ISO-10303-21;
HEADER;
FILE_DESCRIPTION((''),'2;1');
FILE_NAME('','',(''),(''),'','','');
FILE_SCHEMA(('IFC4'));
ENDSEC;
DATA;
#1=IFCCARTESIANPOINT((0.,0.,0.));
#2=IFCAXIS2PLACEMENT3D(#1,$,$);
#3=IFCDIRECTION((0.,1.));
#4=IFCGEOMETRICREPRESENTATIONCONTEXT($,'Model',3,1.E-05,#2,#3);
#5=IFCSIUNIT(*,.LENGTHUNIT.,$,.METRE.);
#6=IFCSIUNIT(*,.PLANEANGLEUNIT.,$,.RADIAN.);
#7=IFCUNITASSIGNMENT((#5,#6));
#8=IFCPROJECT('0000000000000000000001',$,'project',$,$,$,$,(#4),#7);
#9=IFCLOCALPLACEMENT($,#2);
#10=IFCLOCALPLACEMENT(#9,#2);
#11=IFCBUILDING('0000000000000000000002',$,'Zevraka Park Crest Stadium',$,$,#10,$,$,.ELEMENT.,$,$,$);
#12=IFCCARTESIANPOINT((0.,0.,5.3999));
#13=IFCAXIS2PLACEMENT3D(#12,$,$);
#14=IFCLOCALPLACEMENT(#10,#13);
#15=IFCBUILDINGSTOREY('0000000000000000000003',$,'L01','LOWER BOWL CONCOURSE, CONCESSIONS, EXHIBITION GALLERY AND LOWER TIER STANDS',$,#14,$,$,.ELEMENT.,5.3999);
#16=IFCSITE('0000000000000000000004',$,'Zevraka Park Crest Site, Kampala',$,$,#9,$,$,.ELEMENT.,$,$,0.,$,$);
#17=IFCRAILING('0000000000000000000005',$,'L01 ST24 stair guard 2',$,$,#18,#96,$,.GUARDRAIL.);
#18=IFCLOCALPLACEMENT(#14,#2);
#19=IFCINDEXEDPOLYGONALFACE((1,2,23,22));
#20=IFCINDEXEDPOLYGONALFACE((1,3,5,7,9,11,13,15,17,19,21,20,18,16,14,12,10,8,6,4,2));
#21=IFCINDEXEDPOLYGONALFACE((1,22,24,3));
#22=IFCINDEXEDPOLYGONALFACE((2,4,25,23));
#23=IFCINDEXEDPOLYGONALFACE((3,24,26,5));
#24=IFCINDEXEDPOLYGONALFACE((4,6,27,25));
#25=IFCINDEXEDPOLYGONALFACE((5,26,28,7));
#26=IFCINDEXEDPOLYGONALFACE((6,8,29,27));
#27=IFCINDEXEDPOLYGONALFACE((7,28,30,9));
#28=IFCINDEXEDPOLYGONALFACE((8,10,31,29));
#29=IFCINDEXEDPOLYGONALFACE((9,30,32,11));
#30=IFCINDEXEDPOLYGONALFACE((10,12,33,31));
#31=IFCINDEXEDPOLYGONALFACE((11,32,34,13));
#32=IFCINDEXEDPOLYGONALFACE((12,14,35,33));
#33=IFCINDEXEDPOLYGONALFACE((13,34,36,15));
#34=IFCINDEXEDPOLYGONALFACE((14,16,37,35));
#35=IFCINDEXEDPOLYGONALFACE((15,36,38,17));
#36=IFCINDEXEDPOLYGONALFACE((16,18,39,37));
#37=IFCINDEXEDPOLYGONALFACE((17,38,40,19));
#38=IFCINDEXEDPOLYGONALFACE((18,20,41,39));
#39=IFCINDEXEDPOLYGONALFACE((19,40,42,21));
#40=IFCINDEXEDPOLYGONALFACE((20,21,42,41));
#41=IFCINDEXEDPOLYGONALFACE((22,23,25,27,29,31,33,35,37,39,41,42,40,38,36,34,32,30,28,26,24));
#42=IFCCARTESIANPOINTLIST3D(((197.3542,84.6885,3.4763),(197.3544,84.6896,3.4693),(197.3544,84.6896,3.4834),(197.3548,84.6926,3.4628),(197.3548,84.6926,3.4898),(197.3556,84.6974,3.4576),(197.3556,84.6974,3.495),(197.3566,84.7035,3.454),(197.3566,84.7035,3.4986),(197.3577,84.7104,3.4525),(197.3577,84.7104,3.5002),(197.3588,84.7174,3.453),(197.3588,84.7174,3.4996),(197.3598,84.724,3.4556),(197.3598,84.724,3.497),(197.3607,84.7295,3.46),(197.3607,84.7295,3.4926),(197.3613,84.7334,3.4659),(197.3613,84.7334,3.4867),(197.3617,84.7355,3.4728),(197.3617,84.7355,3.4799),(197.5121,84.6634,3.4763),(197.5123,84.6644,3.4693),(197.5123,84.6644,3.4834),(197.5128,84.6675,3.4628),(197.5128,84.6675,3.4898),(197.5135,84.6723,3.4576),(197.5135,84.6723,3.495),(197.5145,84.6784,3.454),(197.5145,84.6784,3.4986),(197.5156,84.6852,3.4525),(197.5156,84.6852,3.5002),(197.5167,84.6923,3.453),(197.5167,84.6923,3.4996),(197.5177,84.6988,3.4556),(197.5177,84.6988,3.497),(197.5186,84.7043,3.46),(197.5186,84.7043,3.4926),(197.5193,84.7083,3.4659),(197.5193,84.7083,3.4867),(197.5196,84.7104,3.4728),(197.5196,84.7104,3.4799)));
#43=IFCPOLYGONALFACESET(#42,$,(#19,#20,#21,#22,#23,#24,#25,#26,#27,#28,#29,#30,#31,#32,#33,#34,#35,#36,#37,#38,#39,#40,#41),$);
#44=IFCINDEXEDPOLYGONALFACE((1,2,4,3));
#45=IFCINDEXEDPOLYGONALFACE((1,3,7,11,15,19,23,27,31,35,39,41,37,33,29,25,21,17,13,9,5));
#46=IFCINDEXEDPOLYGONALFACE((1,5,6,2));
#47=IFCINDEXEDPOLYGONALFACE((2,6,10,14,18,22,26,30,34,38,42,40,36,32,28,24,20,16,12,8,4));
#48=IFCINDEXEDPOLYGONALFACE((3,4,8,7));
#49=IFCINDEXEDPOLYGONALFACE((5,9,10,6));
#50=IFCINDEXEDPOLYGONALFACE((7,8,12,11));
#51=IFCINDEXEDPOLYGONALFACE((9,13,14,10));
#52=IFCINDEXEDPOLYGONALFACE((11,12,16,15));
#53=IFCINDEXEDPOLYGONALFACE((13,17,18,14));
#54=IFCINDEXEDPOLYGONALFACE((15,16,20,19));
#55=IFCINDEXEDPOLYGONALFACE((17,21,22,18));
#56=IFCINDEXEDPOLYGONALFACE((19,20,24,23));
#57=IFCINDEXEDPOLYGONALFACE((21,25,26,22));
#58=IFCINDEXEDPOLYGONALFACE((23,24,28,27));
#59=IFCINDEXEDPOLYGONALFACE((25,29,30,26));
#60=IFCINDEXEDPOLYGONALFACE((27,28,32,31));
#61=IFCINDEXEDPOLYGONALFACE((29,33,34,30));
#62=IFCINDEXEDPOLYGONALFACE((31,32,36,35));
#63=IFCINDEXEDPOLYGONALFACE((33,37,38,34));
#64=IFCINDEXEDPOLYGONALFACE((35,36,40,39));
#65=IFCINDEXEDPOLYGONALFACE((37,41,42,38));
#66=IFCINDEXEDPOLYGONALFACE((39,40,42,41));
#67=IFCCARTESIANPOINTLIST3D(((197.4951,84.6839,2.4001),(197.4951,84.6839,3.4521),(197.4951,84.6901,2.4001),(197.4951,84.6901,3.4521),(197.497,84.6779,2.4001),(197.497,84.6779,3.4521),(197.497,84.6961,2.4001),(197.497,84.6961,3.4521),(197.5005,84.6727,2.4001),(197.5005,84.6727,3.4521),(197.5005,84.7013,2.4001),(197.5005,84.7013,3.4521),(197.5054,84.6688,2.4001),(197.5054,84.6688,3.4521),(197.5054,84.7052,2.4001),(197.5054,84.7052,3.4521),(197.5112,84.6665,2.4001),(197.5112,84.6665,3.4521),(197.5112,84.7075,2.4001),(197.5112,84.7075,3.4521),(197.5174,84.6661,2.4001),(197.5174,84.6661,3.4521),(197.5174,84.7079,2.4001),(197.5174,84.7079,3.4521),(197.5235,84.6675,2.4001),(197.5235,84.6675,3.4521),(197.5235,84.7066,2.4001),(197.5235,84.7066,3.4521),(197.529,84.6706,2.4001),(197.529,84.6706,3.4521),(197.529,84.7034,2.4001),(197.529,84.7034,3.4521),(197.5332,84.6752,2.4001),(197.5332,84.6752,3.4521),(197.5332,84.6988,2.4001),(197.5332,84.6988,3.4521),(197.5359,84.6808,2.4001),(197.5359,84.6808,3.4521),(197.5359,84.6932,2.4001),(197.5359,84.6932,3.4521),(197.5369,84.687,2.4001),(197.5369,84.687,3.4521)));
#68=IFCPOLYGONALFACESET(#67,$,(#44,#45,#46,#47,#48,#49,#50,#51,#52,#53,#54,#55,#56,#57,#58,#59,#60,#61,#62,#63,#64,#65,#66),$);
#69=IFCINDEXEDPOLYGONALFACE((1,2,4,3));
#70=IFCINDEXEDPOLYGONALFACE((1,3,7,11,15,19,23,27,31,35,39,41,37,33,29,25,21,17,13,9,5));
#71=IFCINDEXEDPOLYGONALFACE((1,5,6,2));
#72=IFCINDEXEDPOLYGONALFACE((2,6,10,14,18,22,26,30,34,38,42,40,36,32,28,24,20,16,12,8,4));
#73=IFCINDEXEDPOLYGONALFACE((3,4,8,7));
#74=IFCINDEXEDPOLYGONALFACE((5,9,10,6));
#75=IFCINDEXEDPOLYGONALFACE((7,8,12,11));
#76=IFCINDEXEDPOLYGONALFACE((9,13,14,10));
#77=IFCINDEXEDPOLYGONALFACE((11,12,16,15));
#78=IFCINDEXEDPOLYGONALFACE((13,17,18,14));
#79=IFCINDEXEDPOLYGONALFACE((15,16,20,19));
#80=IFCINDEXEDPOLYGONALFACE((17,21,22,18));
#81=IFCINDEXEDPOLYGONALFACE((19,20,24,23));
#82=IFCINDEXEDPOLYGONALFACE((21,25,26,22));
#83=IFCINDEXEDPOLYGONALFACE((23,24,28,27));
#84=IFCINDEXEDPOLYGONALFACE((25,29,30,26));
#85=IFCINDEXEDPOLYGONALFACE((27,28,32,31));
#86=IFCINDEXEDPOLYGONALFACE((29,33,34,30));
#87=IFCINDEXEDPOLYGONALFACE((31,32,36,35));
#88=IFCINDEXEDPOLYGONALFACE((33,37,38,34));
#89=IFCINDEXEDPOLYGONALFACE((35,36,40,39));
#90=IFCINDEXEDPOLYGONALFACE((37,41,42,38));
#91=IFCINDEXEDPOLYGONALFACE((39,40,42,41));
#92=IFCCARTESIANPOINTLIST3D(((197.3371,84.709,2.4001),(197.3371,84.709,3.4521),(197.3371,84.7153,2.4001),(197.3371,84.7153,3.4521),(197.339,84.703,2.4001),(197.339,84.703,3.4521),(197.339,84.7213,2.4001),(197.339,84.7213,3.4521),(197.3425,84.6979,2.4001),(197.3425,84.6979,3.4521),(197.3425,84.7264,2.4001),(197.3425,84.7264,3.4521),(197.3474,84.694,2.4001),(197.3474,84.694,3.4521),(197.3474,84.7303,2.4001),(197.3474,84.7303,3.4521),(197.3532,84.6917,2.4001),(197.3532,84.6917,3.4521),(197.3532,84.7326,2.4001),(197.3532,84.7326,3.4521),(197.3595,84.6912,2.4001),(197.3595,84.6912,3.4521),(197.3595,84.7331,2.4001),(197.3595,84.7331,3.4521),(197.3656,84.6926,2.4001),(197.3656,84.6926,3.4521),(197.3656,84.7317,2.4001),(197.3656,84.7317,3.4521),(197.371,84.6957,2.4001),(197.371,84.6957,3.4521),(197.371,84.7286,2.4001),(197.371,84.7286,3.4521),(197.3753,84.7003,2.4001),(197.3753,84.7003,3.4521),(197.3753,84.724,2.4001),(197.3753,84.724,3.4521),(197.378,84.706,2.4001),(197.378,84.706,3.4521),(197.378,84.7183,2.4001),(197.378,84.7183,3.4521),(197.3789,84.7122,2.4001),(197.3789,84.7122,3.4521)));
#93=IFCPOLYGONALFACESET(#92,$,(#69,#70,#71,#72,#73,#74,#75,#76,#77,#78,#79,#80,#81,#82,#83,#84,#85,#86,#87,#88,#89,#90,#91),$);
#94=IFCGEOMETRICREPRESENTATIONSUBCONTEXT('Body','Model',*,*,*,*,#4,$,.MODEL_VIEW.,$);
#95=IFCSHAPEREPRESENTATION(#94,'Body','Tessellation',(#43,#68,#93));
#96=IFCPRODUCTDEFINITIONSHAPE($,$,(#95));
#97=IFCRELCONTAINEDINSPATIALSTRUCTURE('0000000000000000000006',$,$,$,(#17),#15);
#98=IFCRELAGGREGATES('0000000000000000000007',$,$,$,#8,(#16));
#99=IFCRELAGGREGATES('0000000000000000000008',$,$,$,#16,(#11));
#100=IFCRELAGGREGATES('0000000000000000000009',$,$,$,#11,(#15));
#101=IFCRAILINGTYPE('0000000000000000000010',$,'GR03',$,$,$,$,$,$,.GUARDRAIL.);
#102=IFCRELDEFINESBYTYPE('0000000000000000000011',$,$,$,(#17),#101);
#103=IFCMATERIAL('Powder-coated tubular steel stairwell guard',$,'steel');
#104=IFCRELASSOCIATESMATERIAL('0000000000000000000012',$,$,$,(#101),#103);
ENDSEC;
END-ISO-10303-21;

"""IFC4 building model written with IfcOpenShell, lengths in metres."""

from ifc_helpers import new_model, si_unit, direction, frame, origin, origin_2d, place, context, subcontext, project, spatial, circle, extrude, material, type_object, element, save


model = new_model("IFC4")

# Units and contexts
model_context = context("Model", 3, precision=1e-05, world=origin(), true_north=direction((0.0, 1.0)))
body_context = subcontext(model_context, "Body", "Model", "MODEL_VIEW")
ifc_project = project(units=[si_unit("LENGTHUNIT", "METRE"), si_unit("PLANEANGLEUNIT", "RADIAN")], contexts=[model_context])

# Site, building, storey
site_placement = place(None, origin())
site = spatial("IfcSite", under=ifc_project, at=site_placement, Name="Zevraka Park Crest Site, Kampala", CompositionType="ELEMENT", RefElevation=0.0)
building_placement = place(site_placement, origin())
building = spatial("IfcBuilding", under=site, at=building_placement, Name="Zevraka Park Crest Stadium", CompositionType="ELEMENT")
storey_placement = place(building_placement, frame((0.0, 0.0, 5.3999)))
storey = spatial("IfcBuildingStorey", under=building, at=storey_placement, Name="L01", Description="LOWER BOWL CONCOURSE, CONCESSIONS, EXHIBITION GALLERY AND LOWER TIER STANDS", CompositionType="ELEMENT", Elevation=5.3999)

# Railing
ifc_material_1 = material(Name="Powder-coated tubular steel stairwell guard", Category="steel")
railing_type_1 = type_object("IfcRailingType", Name="GR03", PredefinedType="GUARDRAIL", material=ifc_material_1)
railing_1_placement = place(storey_placement, frame((197.5159, 84.687, 2.4001)))
element("IfcRailing", 1, at=railing_1_placement, inside=storey, type_object=railing_type_1, Name="L01 ST24 stair guard 2", PredefinedType="GUARDRAIL", context=body_context, shape_type="SweptSolid", body=[
    extrude(circle(Radius=0.0239, at=origin_2d()), frame((0.0, 0.0, 1.0762), z_axis=(-0.987564, 0.157217, 0.0), x_axis=(-0.157217, -0.987564, 0.0)), (0.0, 0.0, 1.0), 0.1599),
    extrude(circle(Radius=0.021, at=origin_2d()), origin(), (0.0, 0.0, 1.0), 1.052),
    extrude(circle(Radius=0.021, at=origin_2d()), frame((-0.158, 0.0251, 0.0)), (0.0, 0.0, 1.0), 1.052),
])

save(model, "model.ifc")
